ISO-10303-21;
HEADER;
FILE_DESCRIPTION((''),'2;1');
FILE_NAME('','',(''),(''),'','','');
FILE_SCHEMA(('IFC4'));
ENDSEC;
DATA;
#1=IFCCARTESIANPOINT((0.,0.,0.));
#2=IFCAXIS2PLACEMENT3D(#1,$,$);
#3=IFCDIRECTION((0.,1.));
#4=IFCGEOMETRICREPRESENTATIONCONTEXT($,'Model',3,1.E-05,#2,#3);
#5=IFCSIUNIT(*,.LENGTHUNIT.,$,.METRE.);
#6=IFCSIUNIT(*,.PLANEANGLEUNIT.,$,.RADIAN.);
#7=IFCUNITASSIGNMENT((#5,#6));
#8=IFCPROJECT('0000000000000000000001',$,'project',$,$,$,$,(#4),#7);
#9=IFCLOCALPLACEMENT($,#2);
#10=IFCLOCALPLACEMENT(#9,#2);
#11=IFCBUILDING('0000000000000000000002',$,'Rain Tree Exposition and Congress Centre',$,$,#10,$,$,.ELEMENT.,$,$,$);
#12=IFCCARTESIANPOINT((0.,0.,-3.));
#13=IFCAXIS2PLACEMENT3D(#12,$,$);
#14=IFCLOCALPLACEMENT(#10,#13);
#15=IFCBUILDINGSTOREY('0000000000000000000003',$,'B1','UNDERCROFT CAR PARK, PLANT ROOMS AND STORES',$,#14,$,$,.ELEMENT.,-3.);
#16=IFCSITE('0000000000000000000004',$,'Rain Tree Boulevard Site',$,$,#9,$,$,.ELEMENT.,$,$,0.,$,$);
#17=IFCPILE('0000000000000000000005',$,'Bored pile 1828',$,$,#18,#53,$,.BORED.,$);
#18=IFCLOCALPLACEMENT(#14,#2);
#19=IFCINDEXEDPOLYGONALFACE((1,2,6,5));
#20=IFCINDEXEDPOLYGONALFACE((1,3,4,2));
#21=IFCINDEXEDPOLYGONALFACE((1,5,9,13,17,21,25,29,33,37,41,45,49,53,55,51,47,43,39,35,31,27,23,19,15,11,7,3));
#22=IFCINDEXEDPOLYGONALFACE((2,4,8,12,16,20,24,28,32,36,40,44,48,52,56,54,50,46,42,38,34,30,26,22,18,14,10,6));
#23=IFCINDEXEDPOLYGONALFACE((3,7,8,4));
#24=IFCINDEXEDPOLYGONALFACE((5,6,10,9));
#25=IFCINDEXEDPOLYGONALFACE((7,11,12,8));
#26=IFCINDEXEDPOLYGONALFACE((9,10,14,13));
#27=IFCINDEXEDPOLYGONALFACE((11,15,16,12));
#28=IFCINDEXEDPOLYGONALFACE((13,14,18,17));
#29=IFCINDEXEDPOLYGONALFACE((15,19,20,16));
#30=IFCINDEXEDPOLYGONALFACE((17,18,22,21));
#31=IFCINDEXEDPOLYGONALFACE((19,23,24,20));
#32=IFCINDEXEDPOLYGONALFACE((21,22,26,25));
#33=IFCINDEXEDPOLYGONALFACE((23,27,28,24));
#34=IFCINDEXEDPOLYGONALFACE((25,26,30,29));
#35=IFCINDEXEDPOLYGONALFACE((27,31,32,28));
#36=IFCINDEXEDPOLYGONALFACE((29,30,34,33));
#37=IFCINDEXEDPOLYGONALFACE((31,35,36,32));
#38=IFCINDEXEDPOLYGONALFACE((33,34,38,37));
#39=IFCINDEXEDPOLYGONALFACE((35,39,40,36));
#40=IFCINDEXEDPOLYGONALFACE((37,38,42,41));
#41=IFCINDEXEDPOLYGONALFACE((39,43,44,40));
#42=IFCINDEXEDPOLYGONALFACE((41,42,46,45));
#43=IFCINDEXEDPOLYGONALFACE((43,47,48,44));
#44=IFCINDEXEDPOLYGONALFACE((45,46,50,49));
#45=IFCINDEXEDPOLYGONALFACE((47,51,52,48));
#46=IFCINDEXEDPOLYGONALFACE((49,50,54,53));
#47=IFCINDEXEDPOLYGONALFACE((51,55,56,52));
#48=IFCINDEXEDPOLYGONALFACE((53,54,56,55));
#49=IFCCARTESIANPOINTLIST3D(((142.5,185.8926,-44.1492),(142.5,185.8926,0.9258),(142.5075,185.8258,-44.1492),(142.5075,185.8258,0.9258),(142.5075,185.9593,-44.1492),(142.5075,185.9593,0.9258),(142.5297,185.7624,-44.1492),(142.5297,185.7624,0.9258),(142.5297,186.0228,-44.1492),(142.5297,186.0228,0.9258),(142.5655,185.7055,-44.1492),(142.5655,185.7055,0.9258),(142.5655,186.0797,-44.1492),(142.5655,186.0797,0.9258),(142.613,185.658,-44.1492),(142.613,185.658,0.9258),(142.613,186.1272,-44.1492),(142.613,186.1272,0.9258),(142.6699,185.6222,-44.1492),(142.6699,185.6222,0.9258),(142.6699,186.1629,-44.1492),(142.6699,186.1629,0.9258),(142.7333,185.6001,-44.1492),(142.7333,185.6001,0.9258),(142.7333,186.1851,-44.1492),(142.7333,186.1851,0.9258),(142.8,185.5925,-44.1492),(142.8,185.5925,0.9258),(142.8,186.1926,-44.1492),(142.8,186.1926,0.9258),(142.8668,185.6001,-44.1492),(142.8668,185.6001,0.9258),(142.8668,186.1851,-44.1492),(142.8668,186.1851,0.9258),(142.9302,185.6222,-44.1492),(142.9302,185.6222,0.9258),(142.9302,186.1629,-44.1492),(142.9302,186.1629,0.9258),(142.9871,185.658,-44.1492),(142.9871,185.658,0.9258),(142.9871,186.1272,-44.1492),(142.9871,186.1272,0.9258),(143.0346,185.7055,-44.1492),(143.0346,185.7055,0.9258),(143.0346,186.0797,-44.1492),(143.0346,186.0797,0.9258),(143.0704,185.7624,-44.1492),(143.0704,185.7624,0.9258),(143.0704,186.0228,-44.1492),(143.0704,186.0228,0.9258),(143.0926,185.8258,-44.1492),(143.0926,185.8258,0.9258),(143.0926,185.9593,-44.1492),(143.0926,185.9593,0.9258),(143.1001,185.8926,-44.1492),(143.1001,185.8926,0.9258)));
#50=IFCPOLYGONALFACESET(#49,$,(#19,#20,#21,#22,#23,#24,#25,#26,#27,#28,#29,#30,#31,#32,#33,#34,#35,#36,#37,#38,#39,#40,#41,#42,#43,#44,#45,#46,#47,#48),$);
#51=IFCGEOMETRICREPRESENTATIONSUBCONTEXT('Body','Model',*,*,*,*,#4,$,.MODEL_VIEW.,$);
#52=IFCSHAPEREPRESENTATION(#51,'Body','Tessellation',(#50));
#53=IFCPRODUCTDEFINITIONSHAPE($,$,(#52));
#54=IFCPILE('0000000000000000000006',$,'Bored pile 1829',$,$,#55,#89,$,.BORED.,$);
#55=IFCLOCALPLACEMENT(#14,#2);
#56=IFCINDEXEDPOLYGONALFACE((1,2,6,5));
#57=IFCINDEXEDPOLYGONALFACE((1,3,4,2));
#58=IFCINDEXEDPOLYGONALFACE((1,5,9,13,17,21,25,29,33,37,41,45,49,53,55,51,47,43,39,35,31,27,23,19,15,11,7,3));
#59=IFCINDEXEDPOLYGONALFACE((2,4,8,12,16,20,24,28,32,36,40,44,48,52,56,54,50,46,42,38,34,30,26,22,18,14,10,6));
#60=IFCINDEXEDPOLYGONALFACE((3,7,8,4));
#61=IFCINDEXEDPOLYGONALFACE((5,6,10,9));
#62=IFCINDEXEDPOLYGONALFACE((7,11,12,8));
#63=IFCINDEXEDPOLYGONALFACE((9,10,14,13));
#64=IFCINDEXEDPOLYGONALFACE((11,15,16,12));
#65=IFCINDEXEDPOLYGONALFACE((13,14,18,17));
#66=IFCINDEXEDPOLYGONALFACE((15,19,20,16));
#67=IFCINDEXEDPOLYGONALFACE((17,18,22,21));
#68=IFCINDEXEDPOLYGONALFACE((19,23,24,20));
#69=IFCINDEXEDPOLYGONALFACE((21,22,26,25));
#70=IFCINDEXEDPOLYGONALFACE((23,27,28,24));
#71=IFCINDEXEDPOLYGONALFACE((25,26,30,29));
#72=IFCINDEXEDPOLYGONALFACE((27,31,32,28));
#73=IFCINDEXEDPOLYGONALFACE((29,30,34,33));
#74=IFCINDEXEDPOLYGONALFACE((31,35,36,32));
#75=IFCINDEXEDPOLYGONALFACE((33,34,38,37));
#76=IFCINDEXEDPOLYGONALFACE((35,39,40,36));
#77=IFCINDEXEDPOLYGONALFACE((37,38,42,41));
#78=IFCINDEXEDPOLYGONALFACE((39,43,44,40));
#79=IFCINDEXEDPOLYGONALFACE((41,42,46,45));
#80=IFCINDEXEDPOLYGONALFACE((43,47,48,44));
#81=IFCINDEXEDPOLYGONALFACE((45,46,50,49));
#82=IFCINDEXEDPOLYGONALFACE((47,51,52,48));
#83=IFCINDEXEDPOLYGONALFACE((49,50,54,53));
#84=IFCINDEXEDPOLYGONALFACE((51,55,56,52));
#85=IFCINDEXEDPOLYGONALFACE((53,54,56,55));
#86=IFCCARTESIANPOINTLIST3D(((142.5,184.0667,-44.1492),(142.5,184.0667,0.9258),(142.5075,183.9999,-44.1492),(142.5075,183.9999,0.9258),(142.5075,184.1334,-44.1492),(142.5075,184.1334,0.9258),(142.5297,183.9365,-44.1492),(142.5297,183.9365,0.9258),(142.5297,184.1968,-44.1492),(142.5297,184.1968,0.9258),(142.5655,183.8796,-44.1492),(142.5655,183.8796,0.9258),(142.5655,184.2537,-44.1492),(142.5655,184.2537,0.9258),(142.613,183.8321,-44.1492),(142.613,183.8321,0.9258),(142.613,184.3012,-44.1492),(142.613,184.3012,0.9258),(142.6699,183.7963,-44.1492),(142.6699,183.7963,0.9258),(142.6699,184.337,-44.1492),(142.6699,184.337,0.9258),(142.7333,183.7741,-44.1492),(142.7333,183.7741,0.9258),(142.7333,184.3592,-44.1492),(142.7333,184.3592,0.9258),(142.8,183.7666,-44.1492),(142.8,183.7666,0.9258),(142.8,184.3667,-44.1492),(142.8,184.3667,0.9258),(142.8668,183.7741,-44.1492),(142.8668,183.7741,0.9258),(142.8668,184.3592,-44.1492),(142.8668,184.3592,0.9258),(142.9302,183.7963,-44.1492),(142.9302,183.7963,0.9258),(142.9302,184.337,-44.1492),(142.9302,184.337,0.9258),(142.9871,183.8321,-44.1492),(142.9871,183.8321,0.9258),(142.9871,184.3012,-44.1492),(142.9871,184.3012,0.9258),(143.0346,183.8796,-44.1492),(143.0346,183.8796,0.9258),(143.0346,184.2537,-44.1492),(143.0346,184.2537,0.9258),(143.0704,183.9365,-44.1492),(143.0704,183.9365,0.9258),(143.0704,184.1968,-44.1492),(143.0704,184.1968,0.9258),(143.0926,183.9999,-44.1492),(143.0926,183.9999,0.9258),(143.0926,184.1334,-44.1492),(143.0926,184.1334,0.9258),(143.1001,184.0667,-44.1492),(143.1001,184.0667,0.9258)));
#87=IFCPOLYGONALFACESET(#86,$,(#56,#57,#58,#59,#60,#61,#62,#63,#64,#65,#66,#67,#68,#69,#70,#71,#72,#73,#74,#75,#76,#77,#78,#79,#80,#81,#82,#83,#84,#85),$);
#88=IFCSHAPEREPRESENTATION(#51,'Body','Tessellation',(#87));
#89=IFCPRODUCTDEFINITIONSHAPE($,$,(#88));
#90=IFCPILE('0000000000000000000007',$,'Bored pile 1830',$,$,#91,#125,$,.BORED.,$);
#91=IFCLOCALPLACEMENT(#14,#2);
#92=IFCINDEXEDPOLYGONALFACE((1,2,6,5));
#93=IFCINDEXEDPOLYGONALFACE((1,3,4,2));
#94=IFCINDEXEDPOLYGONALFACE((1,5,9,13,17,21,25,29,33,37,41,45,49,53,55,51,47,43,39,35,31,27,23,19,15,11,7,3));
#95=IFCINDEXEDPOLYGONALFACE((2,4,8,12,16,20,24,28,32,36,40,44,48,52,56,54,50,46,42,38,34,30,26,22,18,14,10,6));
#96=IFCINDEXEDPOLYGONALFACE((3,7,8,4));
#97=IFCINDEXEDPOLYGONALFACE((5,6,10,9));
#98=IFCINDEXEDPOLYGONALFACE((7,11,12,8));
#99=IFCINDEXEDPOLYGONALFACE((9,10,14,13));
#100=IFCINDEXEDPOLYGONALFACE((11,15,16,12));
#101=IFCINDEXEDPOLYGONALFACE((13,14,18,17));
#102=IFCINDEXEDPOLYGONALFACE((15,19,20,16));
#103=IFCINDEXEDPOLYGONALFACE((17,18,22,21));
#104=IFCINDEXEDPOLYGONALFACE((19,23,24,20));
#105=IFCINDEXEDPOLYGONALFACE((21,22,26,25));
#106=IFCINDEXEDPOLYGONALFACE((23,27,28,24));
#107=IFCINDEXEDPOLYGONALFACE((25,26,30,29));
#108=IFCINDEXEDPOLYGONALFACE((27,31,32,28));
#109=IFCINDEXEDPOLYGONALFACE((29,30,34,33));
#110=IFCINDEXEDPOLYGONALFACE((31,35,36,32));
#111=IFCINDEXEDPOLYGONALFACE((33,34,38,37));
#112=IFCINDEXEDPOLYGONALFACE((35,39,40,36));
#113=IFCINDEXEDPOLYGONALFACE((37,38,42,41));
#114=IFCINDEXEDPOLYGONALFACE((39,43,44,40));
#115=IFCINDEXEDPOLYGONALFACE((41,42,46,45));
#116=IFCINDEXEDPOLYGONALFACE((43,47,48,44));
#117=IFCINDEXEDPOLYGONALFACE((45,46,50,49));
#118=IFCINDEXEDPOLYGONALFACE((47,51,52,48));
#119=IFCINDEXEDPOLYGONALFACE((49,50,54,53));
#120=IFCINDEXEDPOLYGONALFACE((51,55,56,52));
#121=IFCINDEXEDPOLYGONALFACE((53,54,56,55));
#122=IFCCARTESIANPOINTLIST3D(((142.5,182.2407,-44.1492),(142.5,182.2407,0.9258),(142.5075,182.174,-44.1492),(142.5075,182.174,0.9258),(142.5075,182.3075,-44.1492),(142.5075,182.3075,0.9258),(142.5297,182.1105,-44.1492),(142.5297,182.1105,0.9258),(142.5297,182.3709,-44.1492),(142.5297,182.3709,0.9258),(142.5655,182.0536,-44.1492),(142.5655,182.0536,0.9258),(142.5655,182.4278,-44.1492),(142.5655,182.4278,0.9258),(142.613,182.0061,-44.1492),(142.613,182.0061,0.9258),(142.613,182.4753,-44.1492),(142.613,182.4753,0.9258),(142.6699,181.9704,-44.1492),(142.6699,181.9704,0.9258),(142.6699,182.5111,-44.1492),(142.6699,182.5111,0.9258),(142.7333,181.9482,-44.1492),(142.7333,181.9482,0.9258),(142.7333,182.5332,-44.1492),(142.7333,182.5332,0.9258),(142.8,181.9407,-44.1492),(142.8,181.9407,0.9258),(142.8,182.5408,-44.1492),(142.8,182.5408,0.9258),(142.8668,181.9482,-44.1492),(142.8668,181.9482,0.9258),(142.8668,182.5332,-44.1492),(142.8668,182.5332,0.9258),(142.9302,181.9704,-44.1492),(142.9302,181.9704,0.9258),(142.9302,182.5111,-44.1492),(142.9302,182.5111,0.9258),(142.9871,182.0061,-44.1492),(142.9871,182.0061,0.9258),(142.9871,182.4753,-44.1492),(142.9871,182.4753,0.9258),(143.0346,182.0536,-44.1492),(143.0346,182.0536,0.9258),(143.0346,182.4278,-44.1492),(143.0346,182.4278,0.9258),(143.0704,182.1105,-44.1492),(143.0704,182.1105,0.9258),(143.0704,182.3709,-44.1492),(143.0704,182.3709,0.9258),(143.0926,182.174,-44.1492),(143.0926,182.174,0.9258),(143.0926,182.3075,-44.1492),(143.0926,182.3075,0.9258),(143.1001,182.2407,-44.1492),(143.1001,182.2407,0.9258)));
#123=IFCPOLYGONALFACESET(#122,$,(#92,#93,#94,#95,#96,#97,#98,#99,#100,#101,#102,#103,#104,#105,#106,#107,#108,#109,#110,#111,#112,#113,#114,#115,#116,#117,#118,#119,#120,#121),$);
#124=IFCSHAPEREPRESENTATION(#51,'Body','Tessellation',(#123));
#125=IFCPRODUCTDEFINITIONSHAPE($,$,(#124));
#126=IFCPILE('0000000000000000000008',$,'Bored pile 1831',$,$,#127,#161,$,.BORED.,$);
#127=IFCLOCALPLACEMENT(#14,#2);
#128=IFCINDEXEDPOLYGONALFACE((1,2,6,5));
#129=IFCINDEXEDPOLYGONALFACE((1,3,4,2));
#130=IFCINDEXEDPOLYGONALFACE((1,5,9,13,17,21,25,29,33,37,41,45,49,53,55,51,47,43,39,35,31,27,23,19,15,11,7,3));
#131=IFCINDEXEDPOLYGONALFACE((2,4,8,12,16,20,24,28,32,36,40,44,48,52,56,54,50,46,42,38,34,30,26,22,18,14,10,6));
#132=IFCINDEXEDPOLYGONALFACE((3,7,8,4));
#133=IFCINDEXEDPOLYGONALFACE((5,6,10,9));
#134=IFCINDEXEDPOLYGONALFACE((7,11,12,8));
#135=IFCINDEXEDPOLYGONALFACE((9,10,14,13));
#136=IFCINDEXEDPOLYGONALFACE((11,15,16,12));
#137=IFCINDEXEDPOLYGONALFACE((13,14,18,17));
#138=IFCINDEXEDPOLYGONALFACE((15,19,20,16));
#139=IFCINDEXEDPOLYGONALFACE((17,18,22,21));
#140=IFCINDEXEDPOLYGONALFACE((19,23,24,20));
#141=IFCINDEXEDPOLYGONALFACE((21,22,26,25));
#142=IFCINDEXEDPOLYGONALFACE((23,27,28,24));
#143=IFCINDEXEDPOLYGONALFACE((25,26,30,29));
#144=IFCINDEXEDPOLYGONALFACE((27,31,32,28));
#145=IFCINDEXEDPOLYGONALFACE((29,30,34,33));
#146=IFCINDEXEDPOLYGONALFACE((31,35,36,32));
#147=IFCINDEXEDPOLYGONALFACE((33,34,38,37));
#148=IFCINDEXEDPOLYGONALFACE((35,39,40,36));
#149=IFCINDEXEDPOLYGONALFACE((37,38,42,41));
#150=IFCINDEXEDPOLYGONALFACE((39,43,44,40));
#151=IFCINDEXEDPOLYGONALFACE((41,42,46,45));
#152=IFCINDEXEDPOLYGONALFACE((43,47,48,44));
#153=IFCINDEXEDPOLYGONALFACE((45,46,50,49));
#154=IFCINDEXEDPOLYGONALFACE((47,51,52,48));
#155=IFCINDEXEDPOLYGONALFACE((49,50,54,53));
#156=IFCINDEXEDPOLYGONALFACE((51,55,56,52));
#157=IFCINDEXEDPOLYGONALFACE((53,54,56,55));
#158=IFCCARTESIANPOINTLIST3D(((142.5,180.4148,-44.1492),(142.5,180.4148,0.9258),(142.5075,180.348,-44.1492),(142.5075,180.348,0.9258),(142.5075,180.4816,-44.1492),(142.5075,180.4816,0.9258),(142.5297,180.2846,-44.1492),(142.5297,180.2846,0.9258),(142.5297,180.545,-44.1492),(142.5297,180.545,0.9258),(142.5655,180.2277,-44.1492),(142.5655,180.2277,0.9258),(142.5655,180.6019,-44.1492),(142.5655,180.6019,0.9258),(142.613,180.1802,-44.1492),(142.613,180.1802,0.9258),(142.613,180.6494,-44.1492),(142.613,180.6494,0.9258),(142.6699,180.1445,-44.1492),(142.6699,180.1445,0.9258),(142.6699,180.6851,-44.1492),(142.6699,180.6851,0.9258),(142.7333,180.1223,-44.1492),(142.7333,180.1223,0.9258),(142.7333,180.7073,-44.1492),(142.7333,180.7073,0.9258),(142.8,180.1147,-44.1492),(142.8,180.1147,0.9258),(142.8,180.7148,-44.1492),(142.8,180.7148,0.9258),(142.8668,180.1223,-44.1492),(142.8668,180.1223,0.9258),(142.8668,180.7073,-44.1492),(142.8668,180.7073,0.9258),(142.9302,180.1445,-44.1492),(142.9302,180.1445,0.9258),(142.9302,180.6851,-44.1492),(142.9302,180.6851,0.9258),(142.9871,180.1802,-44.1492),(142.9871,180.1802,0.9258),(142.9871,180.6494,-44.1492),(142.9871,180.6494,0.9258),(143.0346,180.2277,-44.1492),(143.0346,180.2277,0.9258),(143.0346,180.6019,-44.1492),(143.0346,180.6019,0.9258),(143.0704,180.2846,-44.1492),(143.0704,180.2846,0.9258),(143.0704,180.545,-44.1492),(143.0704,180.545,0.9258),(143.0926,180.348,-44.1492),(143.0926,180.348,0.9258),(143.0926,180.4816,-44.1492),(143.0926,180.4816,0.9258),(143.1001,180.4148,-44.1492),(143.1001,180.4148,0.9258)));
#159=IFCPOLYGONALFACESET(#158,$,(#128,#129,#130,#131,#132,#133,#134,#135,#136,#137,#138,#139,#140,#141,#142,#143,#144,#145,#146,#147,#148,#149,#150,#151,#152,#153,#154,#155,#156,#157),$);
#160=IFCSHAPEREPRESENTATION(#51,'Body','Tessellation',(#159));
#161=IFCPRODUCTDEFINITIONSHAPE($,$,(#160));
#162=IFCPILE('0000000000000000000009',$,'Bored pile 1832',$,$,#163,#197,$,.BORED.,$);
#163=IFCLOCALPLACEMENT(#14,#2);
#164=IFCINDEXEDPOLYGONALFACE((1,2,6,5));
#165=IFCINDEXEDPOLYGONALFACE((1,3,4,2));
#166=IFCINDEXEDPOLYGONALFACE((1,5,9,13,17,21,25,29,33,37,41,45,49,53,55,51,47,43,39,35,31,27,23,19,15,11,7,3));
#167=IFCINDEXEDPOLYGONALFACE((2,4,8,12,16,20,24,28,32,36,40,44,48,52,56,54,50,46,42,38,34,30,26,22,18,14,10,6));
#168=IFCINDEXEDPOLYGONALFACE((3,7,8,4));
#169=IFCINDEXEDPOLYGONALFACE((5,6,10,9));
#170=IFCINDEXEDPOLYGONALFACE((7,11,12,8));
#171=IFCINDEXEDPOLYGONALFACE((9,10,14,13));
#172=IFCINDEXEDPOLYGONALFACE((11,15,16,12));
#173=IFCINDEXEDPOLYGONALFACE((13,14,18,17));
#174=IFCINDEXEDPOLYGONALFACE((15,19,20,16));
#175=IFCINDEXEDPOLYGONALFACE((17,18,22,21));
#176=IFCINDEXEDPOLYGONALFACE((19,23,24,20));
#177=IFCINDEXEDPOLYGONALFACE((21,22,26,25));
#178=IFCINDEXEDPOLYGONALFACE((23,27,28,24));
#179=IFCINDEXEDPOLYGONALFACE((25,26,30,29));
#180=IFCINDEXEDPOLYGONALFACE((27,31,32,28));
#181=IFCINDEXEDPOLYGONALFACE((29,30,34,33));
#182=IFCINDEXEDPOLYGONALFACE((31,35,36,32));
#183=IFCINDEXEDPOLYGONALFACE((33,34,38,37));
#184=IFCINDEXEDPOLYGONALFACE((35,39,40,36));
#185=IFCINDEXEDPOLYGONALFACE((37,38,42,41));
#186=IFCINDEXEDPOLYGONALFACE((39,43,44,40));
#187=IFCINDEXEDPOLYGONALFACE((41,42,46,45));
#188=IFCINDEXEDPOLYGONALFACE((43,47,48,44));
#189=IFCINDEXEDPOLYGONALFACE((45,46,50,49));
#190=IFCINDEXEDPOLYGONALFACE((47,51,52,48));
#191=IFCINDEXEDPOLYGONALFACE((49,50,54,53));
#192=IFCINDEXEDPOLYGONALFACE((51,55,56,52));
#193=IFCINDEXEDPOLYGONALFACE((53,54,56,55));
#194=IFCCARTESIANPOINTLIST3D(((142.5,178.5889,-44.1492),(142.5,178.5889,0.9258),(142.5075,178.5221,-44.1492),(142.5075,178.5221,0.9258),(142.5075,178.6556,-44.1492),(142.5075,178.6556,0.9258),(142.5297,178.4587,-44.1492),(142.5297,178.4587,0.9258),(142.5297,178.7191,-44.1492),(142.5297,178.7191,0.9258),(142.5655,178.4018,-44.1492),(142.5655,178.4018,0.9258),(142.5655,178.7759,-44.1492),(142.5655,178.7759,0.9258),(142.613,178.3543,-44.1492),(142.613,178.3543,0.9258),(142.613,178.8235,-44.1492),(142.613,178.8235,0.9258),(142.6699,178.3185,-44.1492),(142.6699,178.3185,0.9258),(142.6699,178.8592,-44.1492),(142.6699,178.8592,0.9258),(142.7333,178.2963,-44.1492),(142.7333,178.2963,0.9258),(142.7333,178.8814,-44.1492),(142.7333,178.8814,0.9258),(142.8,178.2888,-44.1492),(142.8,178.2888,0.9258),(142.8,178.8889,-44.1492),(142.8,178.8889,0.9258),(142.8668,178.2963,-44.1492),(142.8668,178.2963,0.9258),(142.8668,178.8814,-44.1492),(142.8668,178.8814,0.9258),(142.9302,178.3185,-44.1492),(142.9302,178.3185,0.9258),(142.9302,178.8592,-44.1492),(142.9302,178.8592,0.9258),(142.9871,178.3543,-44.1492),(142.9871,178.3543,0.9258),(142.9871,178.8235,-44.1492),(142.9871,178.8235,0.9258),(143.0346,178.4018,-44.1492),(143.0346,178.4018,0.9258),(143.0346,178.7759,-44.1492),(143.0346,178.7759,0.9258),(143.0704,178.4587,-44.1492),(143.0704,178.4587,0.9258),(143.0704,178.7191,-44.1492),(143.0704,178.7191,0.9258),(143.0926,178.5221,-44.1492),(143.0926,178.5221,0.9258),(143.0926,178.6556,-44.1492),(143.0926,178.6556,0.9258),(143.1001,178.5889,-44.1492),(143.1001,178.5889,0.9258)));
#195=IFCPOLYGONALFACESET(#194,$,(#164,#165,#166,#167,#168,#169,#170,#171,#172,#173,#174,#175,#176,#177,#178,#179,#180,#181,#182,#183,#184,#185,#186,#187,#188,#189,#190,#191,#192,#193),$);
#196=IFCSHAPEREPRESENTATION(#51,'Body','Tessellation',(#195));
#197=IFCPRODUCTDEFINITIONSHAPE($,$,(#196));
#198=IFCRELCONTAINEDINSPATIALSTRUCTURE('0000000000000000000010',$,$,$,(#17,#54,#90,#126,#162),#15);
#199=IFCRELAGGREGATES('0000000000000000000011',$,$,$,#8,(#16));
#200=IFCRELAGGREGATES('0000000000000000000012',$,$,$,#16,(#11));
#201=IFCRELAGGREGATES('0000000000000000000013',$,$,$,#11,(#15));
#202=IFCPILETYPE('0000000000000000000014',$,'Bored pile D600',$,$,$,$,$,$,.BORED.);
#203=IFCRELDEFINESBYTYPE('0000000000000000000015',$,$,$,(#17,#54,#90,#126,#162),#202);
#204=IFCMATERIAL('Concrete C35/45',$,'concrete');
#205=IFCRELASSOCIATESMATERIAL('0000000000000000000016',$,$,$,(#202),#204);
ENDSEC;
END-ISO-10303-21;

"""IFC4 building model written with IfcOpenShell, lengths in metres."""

from ifc_helpers import new_model, si_unit, direction, frame, origin, origin_2d, place, context, subcontext, project, spatial, circle, extrude, material, material_profile, profile_set, type_object, element, save


model = new_model("IFC4")

# Units and contexts
model_context = context("Model", 3, precision=1e-05, world=origin(), true_north=direction((0.0, 1.0)))
body_context = subcontext(model_context, "Body", "Model", "MODEL_VIEW")
ifc_project = project(units=[si_unit("LENGTHUNIT", "METRE"), si_unit("PLANEANGLEUNIT", "RADIAN")], contexts=[model_context])

# Site, building, storey
site_placement = place(None, origin())
site = spatial("IfcSite", under=ifc_project, at=site_placement, Name="Rain Tree Boulevard Site", CompositionType="ELEMENT", RefElevation=0.0)
building_placement = place(site_placement, origin())
building = spatial("IfcBuilding", under=site, at=building_placement, Name="Rain Tree Exposition and Congress Centre", CompositionType="ELEMENT")
storey_placement = place(building_placement, frame((0.0, 0.0, -3.0)))
storey = spatial("IfcBuildingStorey", under=building, at=storey_placement, Name="B1", Description="UNDERCROFT CAR PARK, PLANT ROOMS AND STORES", CompositionType="ELEMENT", Elevation=-3.0)

# Piles
ifc_material = material(Name="Concrete C35/45", Category="concrete")
ifc_material_profile = material_profile(ifc_material, circle(Radius=0.3, at=origin_2d()), Name="D600")
ifc_profile_set = profile_set([ifc_material_profile], Name="Concrete C35/45")
pile_type = type_object("IfcPileType", Name="Bored pile D600", PredefinedType="BORED", material=ifc_profile_set)
for number, where, z_axis, x_axis, name in (
    (1, (142.8, 185.8926, 0.9258), (0.0, 0.0, -1.0), (1.0, 0.0, 0.0), "Bored pile 1828"),
    (2, (142.8, 184.0667, 0.9258), (0.0, 0.0, -1.0), (1.0, 0.0, 0.0), "Bored pile 1829"),
    (3, (142.8, 182.2407, 0.9258), (0.0, 0.0, -1.0), (1.0, 0.0, 0.0), "Bored pile 1830"),
    (4, (142.8, 180.4148, 0.9258), (0.0, 0.0, -1.0), (1.0, 0.0, 0.0), "Bored pile 1831"),
    (5, (142.8, 178.5889, 0.9258), (0.0, 0.0, -1.0), (1.0, 0.0, 0.0), "Bored pile 1832"),
):
    element("IfcPile", number, at=place(storey_placement, frame(where, z_axis=z_axis, x_axis=x_axis)), inside=storey, type_object=pile_type, Name=name, PredefinedType="BORED", context=body_context, shape_type="SweptSolid", body=[
        extrude(circle(Radius=0.3, at=origin_2d()), origin(), (0.0, 0.0, 1.0), 45.075),
    ])

save(model, "model.ifc")
